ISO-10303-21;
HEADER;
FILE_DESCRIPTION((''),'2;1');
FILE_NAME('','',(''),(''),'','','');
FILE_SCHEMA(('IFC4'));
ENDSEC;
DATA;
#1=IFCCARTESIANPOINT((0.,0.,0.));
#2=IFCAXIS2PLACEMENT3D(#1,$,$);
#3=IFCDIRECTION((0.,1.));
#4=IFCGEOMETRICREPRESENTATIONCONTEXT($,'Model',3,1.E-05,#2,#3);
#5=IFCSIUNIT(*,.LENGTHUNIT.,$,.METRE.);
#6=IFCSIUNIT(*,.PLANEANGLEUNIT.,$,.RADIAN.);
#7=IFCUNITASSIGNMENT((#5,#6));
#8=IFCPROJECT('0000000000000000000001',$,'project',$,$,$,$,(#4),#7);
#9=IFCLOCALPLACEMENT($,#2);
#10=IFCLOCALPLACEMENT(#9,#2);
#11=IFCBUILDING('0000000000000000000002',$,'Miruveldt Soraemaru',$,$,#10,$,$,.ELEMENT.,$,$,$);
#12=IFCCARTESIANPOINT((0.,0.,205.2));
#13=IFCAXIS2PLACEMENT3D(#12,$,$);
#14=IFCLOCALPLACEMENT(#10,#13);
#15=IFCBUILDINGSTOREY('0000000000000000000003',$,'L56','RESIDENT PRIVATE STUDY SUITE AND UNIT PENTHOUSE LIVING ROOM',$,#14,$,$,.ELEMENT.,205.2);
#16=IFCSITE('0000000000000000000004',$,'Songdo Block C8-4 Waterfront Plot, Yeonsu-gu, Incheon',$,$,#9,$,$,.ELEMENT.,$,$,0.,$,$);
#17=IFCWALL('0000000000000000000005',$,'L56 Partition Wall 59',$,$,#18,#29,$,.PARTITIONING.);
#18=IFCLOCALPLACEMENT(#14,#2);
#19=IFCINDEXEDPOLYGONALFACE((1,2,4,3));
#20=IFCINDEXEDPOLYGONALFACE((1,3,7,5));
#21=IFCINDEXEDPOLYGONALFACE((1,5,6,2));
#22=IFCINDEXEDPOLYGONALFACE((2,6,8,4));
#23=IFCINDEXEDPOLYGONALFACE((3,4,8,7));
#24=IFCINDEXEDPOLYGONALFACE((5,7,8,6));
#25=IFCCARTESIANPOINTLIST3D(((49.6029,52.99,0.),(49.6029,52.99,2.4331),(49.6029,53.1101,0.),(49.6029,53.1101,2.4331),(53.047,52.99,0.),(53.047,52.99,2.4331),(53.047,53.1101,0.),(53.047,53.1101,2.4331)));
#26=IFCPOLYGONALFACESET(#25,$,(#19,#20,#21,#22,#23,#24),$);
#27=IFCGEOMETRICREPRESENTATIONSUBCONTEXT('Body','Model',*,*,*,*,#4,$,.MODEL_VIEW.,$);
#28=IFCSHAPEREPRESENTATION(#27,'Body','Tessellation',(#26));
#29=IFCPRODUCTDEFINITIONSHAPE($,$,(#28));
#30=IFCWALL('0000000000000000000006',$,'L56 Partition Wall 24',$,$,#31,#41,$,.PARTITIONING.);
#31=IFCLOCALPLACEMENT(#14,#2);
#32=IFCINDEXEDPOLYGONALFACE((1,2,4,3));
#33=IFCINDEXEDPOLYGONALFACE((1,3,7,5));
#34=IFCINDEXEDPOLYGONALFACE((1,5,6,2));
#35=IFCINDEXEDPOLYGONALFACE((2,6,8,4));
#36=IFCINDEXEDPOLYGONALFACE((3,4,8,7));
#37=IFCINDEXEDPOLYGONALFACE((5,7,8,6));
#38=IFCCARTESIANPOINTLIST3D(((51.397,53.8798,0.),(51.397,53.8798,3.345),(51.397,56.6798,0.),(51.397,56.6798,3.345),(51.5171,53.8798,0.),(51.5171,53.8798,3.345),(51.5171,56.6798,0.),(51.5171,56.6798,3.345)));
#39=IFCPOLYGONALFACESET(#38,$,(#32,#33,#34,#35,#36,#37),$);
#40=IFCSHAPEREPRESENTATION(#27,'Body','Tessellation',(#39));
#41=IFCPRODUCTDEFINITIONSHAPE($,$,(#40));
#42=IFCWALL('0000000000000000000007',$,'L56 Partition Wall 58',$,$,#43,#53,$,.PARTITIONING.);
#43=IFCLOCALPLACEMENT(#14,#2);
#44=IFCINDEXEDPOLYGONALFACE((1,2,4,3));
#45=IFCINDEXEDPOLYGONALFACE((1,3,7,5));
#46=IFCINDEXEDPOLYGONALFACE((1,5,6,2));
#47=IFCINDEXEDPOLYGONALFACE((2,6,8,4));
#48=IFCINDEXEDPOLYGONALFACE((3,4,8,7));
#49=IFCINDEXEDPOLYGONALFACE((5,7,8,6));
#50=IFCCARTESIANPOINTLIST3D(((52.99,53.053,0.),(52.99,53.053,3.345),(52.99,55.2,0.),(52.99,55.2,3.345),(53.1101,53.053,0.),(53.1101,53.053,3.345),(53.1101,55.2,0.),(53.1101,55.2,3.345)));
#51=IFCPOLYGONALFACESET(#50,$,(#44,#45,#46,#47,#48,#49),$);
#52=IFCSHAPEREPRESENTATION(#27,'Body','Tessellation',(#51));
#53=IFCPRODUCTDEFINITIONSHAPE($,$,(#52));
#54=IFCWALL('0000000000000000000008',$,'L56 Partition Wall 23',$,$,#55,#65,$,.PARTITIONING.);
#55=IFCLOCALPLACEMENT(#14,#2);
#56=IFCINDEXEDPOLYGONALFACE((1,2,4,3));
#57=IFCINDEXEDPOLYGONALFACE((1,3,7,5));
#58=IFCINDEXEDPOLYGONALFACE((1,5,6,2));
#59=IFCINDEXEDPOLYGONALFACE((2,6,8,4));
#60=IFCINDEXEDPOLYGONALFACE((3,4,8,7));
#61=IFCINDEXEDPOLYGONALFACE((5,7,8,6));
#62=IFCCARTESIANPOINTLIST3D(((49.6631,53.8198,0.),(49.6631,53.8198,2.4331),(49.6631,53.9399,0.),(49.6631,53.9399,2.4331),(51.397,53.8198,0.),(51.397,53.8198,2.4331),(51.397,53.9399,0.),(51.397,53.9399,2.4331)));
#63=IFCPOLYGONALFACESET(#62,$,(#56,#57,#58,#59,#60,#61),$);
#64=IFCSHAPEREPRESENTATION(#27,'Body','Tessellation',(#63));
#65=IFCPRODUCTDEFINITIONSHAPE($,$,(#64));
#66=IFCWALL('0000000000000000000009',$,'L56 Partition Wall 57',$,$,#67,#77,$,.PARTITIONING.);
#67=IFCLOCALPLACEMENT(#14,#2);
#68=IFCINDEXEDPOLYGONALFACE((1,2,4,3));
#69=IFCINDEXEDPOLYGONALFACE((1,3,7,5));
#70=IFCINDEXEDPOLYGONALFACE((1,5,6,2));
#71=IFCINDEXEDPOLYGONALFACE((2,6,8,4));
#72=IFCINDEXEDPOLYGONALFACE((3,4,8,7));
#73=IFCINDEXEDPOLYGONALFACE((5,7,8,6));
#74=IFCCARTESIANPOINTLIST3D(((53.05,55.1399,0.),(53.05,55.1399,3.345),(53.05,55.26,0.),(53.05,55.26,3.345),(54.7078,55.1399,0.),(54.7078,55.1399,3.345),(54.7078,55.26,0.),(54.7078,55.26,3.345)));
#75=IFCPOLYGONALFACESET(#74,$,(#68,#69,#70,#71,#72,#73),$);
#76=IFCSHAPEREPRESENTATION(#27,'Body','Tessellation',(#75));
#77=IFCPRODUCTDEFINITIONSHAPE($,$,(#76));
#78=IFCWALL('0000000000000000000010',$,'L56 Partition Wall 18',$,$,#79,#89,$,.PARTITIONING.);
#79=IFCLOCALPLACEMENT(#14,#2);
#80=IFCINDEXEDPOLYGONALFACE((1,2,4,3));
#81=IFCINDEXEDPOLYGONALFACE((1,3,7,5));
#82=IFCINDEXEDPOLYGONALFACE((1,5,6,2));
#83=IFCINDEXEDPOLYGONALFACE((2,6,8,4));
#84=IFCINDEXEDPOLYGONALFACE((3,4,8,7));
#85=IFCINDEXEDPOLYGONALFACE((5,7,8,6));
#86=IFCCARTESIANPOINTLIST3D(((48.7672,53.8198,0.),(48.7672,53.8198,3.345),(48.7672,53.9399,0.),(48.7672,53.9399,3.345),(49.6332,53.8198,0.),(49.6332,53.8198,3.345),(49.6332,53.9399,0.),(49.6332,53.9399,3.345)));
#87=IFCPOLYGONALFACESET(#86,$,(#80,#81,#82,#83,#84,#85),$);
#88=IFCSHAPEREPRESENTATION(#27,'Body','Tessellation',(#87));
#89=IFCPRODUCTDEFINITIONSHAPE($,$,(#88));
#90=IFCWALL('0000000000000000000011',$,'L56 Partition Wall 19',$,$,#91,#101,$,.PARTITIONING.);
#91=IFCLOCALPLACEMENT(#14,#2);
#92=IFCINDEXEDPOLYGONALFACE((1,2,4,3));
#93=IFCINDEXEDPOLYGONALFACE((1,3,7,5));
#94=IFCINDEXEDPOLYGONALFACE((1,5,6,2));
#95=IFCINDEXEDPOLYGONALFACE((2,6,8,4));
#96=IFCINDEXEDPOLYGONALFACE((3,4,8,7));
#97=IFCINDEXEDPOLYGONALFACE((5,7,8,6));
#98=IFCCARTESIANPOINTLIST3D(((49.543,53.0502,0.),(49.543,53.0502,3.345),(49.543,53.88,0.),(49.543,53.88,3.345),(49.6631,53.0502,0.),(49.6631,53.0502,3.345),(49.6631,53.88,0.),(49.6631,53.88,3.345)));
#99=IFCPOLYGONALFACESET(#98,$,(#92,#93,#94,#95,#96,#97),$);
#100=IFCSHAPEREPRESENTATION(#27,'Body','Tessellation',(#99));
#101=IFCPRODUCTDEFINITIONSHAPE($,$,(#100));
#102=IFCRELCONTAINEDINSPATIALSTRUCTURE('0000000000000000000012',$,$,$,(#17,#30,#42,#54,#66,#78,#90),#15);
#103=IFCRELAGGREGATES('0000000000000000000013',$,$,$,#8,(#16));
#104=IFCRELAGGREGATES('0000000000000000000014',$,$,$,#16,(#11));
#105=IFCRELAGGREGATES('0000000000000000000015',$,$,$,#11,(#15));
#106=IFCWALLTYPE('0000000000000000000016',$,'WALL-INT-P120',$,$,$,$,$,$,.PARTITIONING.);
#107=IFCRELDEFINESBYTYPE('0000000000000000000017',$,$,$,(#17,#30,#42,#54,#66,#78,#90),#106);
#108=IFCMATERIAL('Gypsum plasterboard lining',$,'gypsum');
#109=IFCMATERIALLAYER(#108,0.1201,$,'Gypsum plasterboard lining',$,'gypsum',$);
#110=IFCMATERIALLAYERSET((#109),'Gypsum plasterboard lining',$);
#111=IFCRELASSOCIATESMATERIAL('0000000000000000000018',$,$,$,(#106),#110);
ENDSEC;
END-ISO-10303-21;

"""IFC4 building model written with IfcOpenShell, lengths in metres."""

from ifc_helpers import new_model, si_unit, direction, frame, frame_2d, origin, place, context, subcontext, project, spatial, rectangle, extrude, material, layer, layer_set, type_object, element, save


model = new_model("IFC4")

# Units and contexts
model_context = context("Model", 3, precision=1e-05, world=origin(), true_north=direction((0.0, 1.0)))
body_context = subcontext(model_context, "Body", "Model", "MODEL_VIEW")
ifc_project = project(units=[si_unit("LENGTHUNIT", "METRE"), si_unit("PLANEANGLEUNIT", "RADIAN")], contexts=[model_context])

# Site, building, storey
site_placement = place(None, origin())
site = spatial("IfcSite", under=ifc_project, at=site_placement, Name="Songdo Block C8-4 Waterfront Plot, Yeonsu-gu, Incheon", CompositionType="ELEMENT", RefElevation=0.0)
building_placement = place(site_placement, origin())
building = spatial("IfcBuilding", under=site, at=building_placement, Name="Miruveldt Soraemaru", CompositionType="ELEMENT")
storey_placement = place(building_placement, frame((0.0, 0.0, 205.2)))
storey = spatial("IfcBuildingStorey", under=building, at=storey_placement, Name="L56", Description="RESIDENT PRIVATE STUDY SUITE AND UNIT PENTHOUSE LIVING ROOM", CompositionType="ELEMENT", Elevation=205.2)

# Walls
ifc_material_1 = material(Name="Gypsum plasterboard lining", Category="gypsum")
ifc_layer_1 = layer(ifc_material_1, 0.1201, Name="Gypsum plasterboard lining", Category="gypsum")
ifc_layer_set_1 = layer_set([ifc_layer_1], Name="Gypsum plasterboard lining")
wall_type_1 = type_object("IfcWallType", Name="WALL-INT-P120", PredefinedType="PARTITIONING", material=ifc_layer_set_1)
wall_1_placement = place(storey_placement, frame((53.0471, 53.05, 0.0), z_axis=(0.0, 0.0, 1.0), x_axis=(-1.0, 0.0, 0.0)))
element("IfcWall", 1, at=wall_1_placement, inside=storey, type_object=wall_type_1, Name="L56 Partition Wall 59", PredefinedType="PARTITIONING", context=body_context, shape_type="SweptSolid", body=[
    extrude(rectangle(XDim=3.4441, YDim=0.1201, at=frame_2d((1.7222, 0.0))), origin(), (0.0, 0.0, 1.0), 2.4331),
])
wall_2_placement = place(storey_placement, frame((51.457, 53.8799, 0.0), z_axis=(0.0, 0.0, 1.0), x_axis=(0.0, 1.0, 0.0)))
element("IfcWall", 2, at=wall_2_placement, inside=storey, type_object=wall_type_1, Name="L56 Partition Wall 24", PredefinedType="PARTITIONING", context=body_context, shape_type="SweptSolid", body=[
    extrude(rectangle(XDim=2.8, YDim=0.1201, at=frame_2d((1.3999, 0.0))), origin(), (0.0, 0.0, 1.0), 3.345),
])
wall_3_placement = place(storey_placement, frame((53.05, 55.2, 0.0), z_axis=(0.0, 0.0, 1.0), x_axis=(0.0, -1.0, 0.0)))
element("IfcWall", 3, at=wall_3_placement, inside=storey, type_object=wall_type_1, Name="L56 Partition Wall 58", PredefinedType="PARTITIONING", context=body_context, shape_type="SweptSolid", body=[
    extrude(rectangle(XDim=2.147, YDim=0.1201, at=frame_2d((1.0735, 0.0))), origin(), (0.0, 0.0, 1.0), 3.345),
])
wall_4_placement = place(storey_placement, frame((49.6631, 53.8799, 0.0), z_axis=(0.0, 0.0, 1.0), x_axis=(1.0, 0.0, 0.0)))
element("IfcWall", 4, at=wall_4_placement, inside=storey, type_object=wall_type_1, Name="L56 Partition Wall 23", PredefinedType="PARTITIONING", context=body_context, shape_type="SweptSolid", body=[
    extrude(rectangle(XDim=1.7339, YDim=0.1201, at=frame_2d((0.8669, 0.0))), origin(), (0.0, 0.0, 1.0), 2.4331),
])
wall_5_placement = place(storey_placement, frame((54.7078, 55.2, 0.0), z_axis=(0.0, 0.0, 1.0), x_axis=(-1.0, 0.0, 0.0)))
element("IfcWall", 5, at=wall_5_placement, inside=storey, type_object=wall_type_1, Name="L56 Partition Wall 57", PredefinedType="PARTITIONING", context=body_context, shape_type="SweptSolid", body=[
    extrude(rectangle(XDim=1.6577, YDim=0.1201, at=frame_2d((0.8289, 0.0))), origin(), (0.0, 0.0, 1.0), 3.345),
])
wall_6_placement = place(storey_placement, frame((48.7671, 53.8799, 0.0), z_axis=(0.0, 0.0, 1.0), x_axis=(1.0, 0.0, 0.0)))
element("IfcWall", 6, at=wall_6_placement, inside=storey, type_object=wall_type_1, Name="L56 Partition Wall 18", PredefinedType="PARTITIONING", context=body_context, shape_type="SweptSolid", body=[
    extrude(rectangle(XDim=0.866, YDim=0.1201, at=frame_2d((0.4331, 0.0))), origin(), (0.0, 0.0, 1.0), 3.345),
])
wall_7_placement = place(storey_placement, frame((49.603, 53.05, 0.0), z_axis=(0.0, 0.0, 1.0), x_axis=(0.0, 1.0, 0.0)))
element("IfcWall", 7, at=wall_7_placement, inside=storey, type_object=wall_type_1, Name="L56 Partition Wall 19", PredefinedType="PARTITIONING", context=body_context, shape_type="SweptSolid", body=[
    extrude(rectangle(XDim=0.8298, YDim=0.1201, at=frame_2d((0.415, 0.0))), origin(), (0.0, 0.0, 1.0), 3.345),
])

save(model, "model.ifc")
